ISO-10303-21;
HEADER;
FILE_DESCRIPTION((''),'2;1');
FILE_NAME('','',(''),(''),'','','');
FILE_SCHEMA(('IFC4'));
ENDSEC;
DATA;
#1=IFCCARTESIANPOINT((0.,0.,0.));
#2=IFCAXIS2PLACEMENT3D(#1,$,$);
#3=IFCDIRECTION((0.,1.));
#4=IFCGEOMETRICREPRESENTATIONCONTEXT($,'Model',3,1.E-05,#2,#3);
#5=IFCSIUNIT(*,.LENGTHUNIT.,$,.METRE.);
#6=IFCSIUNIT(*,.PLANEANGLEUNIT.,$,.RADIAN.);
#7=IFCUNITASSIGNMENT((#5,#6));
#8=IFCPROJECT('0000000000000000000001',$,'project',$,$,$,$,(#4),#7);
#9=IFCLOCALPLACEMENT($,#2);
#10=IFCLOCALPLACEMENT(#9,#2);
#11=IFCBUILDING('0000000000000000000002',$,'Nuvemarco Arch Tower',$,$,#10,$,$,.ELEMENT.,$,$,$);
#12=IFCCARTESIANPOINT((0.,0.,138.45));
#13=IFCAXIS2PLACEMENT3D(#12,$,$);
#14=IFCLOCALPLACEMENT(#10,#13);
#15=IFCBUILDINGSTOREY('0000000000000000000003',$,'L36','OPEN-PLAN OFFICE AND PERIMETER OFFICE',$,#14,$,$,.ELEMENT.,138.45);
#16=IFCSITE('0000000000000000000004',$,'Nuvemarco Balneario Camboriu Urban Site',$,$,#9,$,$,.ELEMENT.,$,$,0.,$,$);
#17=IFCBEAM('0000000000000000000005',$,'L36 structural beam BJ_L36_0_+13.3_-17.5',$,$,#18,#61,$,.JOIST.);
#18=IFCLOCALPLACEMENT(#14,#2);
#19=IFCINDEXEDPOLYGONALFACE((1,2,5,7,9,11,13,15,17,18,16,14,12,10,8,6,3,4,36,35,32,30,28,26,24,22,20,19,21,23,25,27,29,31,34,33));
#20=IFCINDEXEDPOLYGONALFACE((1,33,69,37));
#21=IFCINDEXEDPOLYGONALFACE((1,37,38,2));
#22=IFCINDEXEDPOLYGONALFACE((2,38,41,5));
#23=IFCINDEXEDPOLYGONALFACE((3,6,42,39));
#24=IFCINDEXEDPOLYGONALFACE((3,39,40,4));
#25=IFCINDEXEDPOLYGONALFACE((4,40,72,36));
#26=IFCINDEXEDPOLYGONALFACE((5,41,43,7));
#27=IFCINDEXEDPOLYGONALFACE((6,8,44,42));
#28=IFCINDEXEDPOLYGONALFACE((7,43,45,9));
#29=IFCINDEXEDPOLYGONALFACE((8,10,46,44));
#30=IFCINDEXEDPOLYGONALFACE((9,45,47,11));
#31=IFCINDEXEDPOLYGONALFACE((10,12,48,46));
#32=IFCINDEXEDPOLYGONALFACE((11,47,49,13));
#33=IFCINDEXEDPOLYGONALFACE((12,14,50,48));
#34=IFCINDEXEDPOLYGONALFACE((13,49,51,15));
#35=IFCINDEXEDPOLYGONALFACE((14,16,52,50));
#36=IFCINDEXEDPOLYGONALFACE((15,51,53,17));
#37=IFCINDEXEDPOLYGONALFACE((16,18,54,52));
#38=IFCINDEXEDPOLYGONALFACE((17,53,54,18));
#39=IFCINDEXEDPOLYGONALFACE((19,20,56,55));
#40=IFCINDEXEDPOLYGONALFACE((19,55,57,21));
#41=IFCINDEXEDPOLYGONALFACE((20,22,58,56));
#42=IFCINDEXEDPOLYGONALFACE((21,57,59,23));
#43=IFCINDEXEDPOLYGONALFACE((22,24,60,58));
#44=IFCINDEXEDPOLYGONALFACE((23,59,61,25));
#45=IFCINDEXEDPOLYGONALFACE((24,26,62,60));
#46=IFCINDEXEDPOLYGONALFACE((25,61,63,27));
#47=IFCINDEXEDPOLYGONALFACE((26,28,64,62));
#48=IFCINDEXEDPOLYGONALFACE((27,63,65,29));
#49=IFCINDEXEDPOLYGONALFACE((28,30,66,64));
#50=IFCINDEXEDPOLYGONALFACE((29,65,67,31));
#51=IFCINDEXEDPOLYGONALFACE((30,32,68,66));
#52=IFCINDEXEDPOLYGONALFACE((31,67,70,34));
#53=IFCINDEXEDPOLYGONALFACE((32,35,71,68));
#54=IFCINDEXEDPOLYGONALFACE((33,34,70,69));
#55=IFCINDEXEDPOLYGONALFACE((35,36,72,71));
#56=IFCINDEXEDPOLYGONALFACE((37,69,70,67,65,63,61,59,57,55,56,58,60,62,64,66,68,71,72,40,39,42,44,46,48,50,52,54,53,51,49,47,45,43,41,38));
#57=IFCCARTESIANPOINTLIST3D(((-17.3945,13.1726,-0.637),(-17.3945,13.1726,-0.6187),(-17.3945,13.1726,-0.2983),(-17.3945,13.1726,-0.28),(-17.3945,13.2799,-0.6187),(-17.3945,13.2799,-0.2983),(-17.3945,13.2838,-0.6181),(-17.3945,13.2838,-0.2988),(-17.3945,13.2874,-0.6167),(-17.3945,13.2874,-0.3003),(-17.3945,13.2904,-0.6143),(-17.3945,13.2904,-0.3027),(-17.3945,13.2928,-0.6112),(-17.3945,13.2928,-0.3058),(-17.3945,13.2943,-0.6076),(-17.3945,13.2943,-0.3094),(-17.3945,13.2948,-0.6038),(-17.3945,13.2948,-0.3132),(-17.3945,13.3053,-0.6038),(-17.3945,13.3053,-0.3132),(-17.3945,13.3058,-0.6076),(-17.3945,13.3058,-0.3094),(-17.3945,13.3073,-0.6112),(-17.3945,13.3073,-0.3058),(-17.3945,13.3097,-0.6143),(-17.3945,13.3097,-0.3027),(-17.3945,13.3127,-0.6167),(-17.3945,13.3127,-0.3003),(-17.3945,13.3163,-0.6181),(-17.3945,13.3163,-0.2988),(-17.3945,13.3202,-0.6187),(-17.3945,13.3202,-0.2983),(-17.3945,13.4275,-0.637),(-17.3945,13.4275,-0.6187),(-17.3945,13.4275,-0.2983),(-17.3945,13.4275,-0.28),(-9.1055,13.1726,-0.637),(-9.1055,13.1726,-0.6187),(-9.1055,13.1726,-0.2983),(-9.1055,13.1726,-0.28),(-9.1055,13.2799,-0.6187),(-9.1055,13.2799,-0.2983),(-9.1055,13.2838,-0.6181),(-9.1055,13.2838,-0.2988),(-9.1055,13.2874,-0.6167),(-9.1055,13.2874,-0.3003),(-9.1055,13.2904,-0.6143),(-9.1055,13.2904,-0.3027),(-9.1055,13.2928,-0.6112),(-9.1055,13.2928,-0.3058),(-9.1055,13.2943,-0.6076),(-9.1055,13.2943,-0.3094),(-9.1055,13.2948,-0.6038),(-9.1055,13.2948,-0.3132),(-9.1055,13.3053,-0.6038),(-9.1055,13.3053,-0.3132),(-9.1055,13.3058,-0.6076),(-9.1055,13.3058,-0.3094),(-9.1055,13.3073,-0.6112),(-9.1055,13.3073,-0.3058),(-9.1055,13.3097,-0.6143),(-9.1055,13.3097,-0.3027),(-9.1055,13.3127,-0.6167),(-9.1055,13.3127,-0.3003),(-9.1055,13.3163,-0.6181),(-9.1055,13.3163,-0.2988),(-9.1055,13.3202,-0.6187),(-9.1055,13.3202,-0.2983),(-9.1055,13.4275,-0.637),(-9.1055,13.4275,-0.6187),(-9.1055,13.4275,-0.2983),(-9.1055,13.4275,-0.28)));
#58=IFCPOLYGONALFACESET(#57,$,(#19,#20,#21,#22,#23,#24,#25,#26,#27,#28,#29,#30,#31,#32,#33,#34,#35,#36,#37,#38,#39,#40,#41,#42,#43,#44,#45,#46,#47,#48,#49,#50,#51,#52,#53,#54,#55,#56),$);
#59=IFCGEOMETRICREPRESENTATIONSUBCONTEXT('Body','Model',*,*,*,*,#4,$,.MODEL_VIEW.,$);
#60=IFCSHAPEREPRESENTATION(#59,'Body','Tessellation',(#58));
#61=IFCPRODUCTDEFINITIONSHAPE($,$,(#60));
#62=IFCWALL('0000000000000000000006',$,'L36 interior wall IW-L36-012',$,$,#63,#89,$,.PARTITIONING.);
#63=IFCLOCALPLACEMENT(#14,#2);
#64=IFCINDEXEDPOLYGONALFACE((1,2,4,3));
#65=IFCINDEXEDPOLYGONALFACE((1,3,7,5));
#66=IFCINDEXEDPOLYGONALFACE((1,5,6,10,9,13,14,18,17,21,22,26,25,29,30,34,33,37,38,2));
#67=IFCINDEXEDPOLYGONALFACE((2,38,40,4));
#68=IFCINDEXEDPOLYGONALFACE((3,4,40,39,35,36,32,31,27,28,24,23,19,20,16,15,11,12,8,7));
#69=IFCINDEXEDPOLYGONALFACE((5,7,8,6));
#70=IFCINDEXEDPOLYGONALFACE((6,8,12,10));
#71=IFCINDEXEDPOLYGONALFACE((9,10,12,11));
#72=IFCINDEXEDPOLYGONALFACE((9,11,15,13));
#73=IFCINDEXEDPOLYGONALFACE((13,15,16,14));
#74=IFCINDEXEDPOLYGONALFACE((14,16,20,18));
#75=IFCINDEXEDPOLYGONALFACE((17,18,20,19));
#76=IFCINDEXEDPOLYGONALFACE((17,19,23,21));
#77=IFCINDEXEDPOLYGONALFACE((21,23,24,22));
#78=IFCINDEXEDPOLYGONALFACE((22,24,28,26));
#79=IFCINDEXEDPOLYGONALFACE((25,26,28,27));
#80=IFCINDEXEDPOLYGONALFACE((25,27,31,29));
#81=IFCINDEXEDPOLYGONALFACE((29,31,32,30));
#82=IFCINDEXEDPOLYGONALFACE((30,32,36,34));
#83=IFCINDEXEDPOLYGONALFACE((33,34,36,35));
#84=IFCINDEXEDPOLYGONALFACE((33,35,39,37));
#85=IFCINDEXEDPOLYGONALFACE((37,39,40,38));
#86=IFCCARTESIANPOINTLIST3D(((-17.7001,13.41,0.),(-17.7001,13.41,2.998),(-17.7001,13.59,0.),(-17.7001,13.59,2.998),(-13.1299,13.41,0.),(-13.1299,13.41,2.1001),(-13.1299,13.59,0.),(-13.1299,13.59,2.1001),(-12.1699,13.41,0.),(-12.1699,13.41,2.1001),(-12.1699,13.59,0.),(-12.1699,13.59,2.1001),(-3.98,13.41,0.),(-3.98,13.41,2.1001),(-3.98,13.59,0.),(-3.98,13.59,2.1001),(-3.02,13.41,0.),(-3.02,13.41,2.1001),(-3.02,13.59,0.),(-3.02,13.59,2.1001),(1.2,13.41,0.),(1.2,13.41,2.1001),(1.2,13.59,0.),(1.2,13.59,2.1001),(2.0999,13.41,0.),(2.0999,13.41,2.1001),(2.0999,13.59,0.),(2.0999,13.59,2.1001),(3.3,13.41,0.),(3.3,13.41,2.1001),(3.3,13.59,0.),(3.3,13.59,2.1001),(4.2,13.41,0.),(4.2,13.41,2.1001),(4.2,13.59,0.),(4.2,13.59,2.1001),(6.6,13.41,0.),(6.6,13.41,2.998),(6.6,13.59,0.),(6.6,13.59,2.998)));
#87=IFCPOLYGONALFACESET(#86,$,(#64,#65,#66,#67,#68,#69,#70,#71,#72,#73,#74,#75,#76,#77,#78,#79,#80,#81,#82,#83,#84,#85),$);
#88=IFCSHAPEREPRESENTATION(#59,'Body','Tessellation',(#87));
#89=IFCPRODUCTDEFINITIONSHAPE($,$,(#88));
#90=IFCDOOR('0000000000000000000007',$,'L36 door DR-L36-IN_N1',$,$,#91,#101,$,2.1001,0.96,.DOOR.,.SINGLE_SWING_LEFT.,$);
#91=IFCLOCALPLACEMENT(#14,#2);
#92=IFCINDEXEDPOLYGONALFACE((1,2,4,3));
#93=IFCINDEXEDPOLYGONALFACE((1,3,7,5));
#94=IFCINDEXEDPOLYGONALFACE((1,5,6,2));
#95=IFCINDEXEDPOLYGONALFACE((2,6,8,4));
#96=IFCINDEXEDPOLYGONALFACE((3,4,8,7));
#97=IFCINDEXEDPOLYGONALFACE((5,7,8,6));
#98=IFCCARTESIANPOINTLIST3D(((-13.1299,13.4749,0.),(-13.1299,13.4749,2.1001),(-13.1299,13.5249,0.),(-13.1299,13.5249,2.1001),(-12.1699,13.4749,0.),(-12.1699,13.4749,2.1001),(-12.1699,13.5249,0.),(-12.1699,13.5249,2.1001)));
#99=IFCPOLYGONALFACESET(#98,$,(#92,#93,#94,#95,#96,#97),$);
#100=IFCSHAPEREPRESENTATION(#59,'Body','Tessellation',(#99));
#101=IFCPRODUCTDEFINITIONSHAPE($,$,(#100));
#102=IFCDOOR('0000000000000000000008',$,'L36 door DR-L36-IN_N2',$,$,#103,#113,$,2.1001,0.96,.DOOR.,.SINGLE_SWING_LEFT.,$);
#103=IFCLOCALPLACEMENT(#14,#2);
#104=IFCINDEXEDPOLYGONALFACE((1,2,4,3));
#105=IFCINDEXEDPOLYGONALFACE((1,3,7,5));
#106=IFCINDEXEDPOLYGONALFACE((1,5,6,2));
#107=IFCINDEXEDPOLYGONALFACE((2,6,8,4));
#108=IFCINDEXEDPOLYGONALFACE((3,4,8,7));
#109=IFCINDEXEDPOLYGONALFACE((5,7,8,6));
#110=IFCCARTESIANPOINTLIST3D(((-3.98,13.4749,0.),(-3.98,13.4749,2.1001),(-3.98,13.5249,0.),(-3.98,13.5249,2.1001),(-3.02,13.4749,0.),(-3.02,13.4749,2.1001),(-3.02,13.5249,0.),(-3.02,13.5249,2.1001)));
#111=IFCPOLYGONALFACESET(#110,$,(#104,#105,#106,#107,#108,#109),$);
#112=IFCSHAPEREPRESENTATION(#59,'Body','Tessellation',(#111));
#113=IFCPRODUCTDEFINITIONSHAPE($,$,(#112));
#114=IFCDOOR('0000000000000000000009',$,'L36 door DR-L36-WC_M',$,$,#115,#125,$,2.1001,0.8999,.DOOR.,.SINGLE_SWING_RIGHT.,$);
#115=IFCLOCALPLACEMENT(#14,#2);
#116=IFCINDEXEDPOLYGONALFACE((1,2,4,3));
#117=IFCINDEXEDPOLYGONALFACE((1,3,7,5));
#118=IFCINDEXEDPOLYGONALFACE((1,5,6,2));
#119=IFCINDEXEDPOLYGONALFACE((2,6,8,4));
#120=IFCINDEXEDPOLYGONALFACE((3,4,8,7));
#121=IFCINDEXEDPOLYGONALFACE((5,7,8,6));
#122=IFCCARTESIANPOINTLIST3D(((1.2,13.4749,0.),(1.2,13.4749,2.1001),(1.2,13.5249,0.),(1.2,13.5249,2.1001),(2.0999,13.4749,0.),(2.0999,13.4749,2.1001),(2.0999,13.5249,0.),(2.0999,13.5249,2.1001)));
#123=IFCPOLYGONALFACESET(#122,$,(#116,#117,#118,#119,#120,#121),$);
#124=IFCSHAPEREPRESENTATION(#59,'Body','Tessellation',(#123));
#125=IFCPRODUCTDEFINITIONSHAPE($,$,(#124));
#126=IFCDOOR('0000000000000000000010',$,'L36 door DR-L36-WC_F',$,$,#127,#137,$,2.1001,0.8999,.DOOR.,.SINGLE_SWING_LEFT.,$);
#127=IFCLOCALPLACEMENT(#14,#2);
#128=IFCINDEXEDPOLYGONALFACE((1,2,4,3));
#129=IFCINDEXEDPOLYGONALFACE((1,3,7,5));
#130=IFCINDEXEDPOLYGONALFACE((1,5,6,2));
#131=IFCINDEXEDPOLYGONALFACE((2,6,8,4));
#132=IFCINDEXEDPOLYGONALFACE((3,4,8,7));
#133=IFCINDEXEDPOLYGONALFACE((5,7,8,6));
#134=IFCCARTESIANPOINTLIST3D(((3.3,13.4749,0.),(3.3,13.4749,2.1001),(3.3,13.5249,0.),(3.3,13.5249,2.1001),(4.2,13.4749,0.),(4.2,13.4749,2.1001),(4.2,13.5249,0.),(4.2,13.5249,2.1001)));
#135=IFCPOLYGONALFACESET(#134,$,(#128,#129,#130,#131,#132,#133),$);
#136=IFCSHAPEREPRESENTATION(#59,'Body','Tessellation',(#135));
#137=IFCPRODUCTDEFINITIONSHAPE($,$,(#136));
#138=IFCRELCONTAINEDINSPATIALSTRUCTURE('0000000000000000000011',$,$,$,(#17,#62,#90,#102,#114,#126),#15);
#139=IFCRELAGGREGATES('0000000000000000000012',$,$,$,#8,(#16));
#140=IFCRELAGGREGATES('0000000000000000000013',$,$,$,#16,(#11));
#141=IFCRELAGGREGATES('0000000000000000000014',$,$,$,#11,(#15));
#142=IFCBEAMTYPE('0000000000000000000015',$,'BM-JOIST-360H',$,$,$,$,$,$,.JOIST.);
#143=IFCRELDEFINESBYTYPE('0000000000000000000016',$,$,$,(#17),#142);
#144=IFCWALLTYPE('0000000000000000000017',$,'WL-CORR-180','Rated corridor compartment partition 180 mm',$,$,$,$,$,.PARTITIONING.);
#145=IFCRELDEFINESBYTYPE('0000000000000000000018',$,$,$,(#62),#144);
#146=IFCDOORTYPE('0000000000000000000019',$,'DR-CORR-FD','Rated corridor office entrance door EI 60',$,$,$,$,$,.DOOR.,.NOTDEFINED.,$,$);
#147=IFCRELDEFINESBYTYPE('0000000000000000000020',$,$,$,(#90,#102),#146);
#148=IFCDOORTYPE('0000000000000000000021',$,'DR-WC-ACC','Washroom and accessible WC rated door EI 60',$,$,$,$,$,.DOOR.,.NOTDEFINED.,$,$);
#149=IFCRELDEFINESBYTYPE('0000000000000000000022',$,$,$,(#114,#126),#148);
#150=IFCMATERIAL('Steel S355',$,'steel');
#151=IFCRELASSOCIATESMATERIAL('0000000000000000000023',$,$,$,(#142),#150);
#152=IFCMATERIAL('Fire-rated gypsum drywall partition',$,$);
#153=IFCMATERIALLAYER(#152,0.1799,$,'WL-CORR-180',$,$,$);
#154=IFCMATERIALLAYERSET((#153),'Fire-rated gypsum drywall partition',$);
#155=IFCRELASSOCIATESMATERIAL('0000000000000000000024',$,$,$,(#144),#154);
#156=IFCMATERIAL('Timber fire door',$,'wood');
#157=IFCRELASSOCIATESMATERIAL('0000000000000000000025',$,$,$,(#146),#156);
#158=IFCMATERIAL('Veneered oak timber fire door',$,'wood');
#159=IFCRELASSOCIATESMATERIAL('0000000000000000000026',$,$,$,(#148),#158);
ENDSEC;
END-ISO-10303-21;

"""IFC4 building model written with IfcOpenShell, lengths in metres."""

from ifc_helpers import new_model, si_unit, direction, frame, frame_2d, origin, origin_2d, place, context, subcontext, project, spatial, rectangle, i_section, extrude, source, transform, mapped, material, layer, layer_set, material_profile, profile_set, type_object, type_shapes, element, fill, save


model = new_model("IFC4")

# Units and contexts
model_context = context("Model", 3, precision=1e-05, world=origin(), true_north=direction((0.0, 1.0)))
body_context = subcontext(model_context, "Body", "Model", "MODEL_VIEW")
ifc_project = project(units=[si_unit("LENGTHUNIT", "METRE"), si_unit("PLANEANGLEUNIT", "RADIAN")], contexts=[model_context])

# Site, building, storey
site_placement = place(None, origin())
site = spatial("IfcSite", under=ifc_project, at=site_placement, Name="Nuvemarco Balneario Camboriu Urban Site", CompositionType="ELEMENT", RefElevation=0.0)
building_placement = place(site_placement, origin())
building = spatial("IfcBuilding", under=site, at=building_placement, Name="Nuvemarco Arch Tower", CompositionType="ELEMENT")
storey_placement = place(building_placement, frame((0.0, 0.0, 138.45)))
storey = spatial("IfcBuildingStorey", under=building, at=storey_placement, Name="L36", Description="OPEN-PLAN OFFICE AND PERIMETER OFFICE", CompositionType="ELEMENT", Elevation=138.45)

# Shared definitions
ifc_material_1 = material(Name="Steel S355", Category="steel")

# Beam
ifc_material_profile_1 = material_profile(ifc_material_1, i_section(OverallWidth=0.2549, OverallDepth=0.3569, WebThickness=0.0105, FlangeThickness=0.0183, FilletRadius=0.0149, at=origin_2d()), Name="W360x101")
ifc_profile_set_1 = profile_set([ifc_material_profile_1], Name="Steel S355")
beam_type_1 = type_object("IfcBeamType", Name="BM-JOIST-360H", PredefinedType="JOIST", material=ifc_profile_set_1)
beam_1_placement = place(storey_placement, frame((-17.3945, 13.3, -0.4585), z_axis=(1.0, 0.0, 0.0), x_axis=(0.0, 1.0, 0.0)))
element("IfcBeam", 1, at=beam_1_placement, inside=storey, type_object=beam_type_1, Name="L36 structural beam BJ_L36_0_+13.3_-17.5", PredefinedType="JOIST", context=body_context, shape_type="SweptSolid", body=[
    extrude(i_section(OverallWidth=0.2549, OverallDepth=0.3569, WebThickness=0.0105, FlangeThickness=0.0183, FilletRadius=0.0149, at=origin_2d()), origin(), (0.0, 0.0, 1.0), 8.2891),
])

# Wall, openings, doors
ifc_material_2 = material(Name="Fire-rated gypsum drywall partition")
ifc_layer_1 = layer(ifc_material_2, 0.1799, Name="WL-CORR-180")
ifc_layer_set_1 = layer_set([ifc_layer_1], Name="Fire-rated gypsum drywall partition")
wall_type_1 = type_object("IfcWallType", Name="WL-CORR-180", Description="Rated corridor compartment partition 180 mm", PredefinedType="PARTITIONING", material=ifc_layer_set_1)
wall_1_placement = place(storey_placement, frame((-17.7, 13.5, 0.0), z_axis=(0.0, 0.0, 1.0), x_axis=(1.0, 0.0, 0.0)))
wall_1 = element("IfcWall", 2, at=wall_1_placement, inside=storey, type_object=wall_type_1, Name="L36 interior wall IW-L36-012", PredefinedType="PARTITIONING", context=body_context, shape_type="SweptSolid", body=[
    extrude(rectangle(XDim=24.3, YDim=0.1799, at=frame_2d((12.1499, 0.0))), origin(), (0.0, 0.0, 1.0), 2.998),
])
opening_1_placement = place(wall_1_placement, frame((4.5701, 0.0, 0.0)))
opening_1 = element("IfcOpeningElement", 3, at=opening_1_placement, cuts=wall_1, PredefinedType="OPENING", context=body_context, shape_type="SweptSolid", body=[
    extrude(rectangle(XDim=0.96, YDim=2.1001, at=frame_2d((0.48, 1.05))), frame((0.0, 0.0999, 0.0), z_axis=(0.0, -1.0, 0.0), x_axis=(1.0, 0.0, 0.0)), (0.0, 0.0, 1.0), 0.2),
])
opening_2_placement = place(wall_1_placement, frame((13.72, 0.0, 0.0)))
opening_2 = element("IfcOpeningElement", 4, at=opening_2_placement, cuts=wall_1, PredefinedType="OPENING", context=body_context, shape_type="SweptSolid", body=[
    extrude(rectangle(XDim=0.96, YDim=2.1001, at=frame_2d((0.48, 1.05))), frame((0.0, 0.0999, 0.0), z_axis=(0.0, -1.0, 0.0), x_axis=(1.0, 0.0, 0.0)), (0.0, 0.0, 1.0), 0.2),
])
opening_3_placement = place(wall_1_placement, frame((18.8999, 0.0, 0.0)))
opening_3 = element("IfcOpeningElement", 5, at=opening_3_placement, cuts=wall_1, PredefinedType="OPENING", context=body_context, shape_type="SweptSolid", body=[
    extrude(rectangle(XDim=0.8999, YDim=2.1001, at=frame_2d((0.45, 1.05))), frame((0.0, 0.0999, 0.0), z_axis=(0.0, -1.0, 0.0), x_axis=(1.0, 0.0, 0.0)), (0.0, 0.0, 1.0), 0.2),
])
opening_4_placement = place(wall_1_placement, frame((21.0, 0.0, 0.0)))
opening_4 = element("IfcOpeningElement", 6, at=opening_4_placement, cuts=wall_1, PredefinedType="OPENING", context=body_context, shape_type="SweptSolid", body=[
    extrude(rectangle(XDim=0.8999, YDim=2.1001, at=frame_2d((0.45, 1.05))), frame((0.0, 0.0999, 0.0), z_axis=(0.0, -1.0, 0.0), x_axis=(1.0, 0.0, 0.0)), (0.0, 0.0, 1.0), 0.2),
])
ifc_material_3 = material(Name="Timber fire door", Category="wood")
door_type_1 = type_object("IfcDoorType", Name="DR-CORR-FD", Description="Rated corridor office entrance door EI 60", OperationType="NOTDEFINED", PredefinedType="DOOR", material=ifc_material_3)
shared_shape_1 = source(origin(), body_context, "Body", "SweptSolid", [
    extrude(rectangle(XDim=0.96, YDim=2.1001, at=frame_2d((0.48, 1.05))), frame((0.0, 0.0249, 0.0), z_axis=(0.0, -1.0, 0.0), x_axis=(1.0, 0.0, 0.0)), (0.0, 0.0, 1.0), 0.05),
])
type_shapes(door_type_1, [shared_shape_1])
door_1_placement = place(opening_1_placement, origin())
door_1 = element("IfcDoor", 7, at=door_1_placement, inside=storey, type_object=door_type_1, Name="L36 door DR-L36-IN_N1", OperationType="SINGLE_SWING_LEFT", OverallHeight=2.1001, OverallWidth=0.96, PredefinedType="DOOR", context=body_context, shape_type="MappedRepresentation", body=[
    mapped(shared_shape_1, transform((0.0, 0.0, 0.0), scale=1.0)),
])
fill(opening_1, door_1)
door_2_placement = place(opening_2_placement, origin())
door_2 = element("IfcDoor", 8, at=door_2_placement, inside=storey, type_object=door_type_1, Name="L36 door DR-L36-IN_N2", OperationType="SINGLE_SWING_LEFT", OverallHeight=2.1001, OverallWidth=0.96, PredefinedType="DOOR", context=body_context, shape_type="MappedRepresentation", body=[
    mapped(shared_shape_1, transform((0.0, 0.0, 0.0), scale=1.0)),
])
fill(opening_2, door_2)
ifc_material_4 = material(Name="Veneered oak timber fire door", Category="wood")
door_type_2 = type_object("IfcDoorType", Name="DR-WC-ACC", Description="Washroom and accessible WC rated door EI 60", OperationType="NOTDEFINED", PredefinedType="DOOR", material=ifc_material_4)
shared_shape_2 = source(origin(), body_context, "Body", "SweptSolid", [
    extrude(rectangle(XDim=0.8999, YDim=2.1001, at=frame_2d((0.45, 1.05))), frame((0.0, 0.0249, 0.0), z_axis=(0.0, -1.0, 0.0), x_axis=(1.0, 0.0, 0.0)), (0.0, 0.0, 1.0), 0.05),
])
type_shapes(door_type_2, [shared_shape_2])
door_3_placement = place(opening_3_placement, origin())
door_3 = element("IfcDoor", 9, at=door_3_placement, inside=storey, type_object=door_type_2, Name="L36 door DR-L36-WC_M", OperationType="SINGLE_SWING_RIGHT", OverallHeight=2.1001, OverallWidth=0.8999, PredefinedType="DOOR", context=body_context, shape_type="MappedRepresentation", body=[
    mapped(shared_shape_2, transform((0.0, 0.0, 0.0), scale=1.0)),
])
fill(opening_3, door_3)
door_4_placement = place(opening_4_placement, origin())
door_4 = element("IfcDoor", 10, at=door_4_placement, inside=storey, type_object=door_type_2, Name="L36 door DR-L36-WC_F", OperationType="SINGLE_SWING_LEFT", OverallHeight=2.1001, OverallWidth=0.8999, PredefinedType="DOOR", context=body_context, shape_type="MappedRepresentation", body=[
    mapped(shared_shape_2, transform((0.0, 0.0, 0.0), scale=1.0)),
])
fill(opening_4, door_4)

save(model, "model.ifc")
